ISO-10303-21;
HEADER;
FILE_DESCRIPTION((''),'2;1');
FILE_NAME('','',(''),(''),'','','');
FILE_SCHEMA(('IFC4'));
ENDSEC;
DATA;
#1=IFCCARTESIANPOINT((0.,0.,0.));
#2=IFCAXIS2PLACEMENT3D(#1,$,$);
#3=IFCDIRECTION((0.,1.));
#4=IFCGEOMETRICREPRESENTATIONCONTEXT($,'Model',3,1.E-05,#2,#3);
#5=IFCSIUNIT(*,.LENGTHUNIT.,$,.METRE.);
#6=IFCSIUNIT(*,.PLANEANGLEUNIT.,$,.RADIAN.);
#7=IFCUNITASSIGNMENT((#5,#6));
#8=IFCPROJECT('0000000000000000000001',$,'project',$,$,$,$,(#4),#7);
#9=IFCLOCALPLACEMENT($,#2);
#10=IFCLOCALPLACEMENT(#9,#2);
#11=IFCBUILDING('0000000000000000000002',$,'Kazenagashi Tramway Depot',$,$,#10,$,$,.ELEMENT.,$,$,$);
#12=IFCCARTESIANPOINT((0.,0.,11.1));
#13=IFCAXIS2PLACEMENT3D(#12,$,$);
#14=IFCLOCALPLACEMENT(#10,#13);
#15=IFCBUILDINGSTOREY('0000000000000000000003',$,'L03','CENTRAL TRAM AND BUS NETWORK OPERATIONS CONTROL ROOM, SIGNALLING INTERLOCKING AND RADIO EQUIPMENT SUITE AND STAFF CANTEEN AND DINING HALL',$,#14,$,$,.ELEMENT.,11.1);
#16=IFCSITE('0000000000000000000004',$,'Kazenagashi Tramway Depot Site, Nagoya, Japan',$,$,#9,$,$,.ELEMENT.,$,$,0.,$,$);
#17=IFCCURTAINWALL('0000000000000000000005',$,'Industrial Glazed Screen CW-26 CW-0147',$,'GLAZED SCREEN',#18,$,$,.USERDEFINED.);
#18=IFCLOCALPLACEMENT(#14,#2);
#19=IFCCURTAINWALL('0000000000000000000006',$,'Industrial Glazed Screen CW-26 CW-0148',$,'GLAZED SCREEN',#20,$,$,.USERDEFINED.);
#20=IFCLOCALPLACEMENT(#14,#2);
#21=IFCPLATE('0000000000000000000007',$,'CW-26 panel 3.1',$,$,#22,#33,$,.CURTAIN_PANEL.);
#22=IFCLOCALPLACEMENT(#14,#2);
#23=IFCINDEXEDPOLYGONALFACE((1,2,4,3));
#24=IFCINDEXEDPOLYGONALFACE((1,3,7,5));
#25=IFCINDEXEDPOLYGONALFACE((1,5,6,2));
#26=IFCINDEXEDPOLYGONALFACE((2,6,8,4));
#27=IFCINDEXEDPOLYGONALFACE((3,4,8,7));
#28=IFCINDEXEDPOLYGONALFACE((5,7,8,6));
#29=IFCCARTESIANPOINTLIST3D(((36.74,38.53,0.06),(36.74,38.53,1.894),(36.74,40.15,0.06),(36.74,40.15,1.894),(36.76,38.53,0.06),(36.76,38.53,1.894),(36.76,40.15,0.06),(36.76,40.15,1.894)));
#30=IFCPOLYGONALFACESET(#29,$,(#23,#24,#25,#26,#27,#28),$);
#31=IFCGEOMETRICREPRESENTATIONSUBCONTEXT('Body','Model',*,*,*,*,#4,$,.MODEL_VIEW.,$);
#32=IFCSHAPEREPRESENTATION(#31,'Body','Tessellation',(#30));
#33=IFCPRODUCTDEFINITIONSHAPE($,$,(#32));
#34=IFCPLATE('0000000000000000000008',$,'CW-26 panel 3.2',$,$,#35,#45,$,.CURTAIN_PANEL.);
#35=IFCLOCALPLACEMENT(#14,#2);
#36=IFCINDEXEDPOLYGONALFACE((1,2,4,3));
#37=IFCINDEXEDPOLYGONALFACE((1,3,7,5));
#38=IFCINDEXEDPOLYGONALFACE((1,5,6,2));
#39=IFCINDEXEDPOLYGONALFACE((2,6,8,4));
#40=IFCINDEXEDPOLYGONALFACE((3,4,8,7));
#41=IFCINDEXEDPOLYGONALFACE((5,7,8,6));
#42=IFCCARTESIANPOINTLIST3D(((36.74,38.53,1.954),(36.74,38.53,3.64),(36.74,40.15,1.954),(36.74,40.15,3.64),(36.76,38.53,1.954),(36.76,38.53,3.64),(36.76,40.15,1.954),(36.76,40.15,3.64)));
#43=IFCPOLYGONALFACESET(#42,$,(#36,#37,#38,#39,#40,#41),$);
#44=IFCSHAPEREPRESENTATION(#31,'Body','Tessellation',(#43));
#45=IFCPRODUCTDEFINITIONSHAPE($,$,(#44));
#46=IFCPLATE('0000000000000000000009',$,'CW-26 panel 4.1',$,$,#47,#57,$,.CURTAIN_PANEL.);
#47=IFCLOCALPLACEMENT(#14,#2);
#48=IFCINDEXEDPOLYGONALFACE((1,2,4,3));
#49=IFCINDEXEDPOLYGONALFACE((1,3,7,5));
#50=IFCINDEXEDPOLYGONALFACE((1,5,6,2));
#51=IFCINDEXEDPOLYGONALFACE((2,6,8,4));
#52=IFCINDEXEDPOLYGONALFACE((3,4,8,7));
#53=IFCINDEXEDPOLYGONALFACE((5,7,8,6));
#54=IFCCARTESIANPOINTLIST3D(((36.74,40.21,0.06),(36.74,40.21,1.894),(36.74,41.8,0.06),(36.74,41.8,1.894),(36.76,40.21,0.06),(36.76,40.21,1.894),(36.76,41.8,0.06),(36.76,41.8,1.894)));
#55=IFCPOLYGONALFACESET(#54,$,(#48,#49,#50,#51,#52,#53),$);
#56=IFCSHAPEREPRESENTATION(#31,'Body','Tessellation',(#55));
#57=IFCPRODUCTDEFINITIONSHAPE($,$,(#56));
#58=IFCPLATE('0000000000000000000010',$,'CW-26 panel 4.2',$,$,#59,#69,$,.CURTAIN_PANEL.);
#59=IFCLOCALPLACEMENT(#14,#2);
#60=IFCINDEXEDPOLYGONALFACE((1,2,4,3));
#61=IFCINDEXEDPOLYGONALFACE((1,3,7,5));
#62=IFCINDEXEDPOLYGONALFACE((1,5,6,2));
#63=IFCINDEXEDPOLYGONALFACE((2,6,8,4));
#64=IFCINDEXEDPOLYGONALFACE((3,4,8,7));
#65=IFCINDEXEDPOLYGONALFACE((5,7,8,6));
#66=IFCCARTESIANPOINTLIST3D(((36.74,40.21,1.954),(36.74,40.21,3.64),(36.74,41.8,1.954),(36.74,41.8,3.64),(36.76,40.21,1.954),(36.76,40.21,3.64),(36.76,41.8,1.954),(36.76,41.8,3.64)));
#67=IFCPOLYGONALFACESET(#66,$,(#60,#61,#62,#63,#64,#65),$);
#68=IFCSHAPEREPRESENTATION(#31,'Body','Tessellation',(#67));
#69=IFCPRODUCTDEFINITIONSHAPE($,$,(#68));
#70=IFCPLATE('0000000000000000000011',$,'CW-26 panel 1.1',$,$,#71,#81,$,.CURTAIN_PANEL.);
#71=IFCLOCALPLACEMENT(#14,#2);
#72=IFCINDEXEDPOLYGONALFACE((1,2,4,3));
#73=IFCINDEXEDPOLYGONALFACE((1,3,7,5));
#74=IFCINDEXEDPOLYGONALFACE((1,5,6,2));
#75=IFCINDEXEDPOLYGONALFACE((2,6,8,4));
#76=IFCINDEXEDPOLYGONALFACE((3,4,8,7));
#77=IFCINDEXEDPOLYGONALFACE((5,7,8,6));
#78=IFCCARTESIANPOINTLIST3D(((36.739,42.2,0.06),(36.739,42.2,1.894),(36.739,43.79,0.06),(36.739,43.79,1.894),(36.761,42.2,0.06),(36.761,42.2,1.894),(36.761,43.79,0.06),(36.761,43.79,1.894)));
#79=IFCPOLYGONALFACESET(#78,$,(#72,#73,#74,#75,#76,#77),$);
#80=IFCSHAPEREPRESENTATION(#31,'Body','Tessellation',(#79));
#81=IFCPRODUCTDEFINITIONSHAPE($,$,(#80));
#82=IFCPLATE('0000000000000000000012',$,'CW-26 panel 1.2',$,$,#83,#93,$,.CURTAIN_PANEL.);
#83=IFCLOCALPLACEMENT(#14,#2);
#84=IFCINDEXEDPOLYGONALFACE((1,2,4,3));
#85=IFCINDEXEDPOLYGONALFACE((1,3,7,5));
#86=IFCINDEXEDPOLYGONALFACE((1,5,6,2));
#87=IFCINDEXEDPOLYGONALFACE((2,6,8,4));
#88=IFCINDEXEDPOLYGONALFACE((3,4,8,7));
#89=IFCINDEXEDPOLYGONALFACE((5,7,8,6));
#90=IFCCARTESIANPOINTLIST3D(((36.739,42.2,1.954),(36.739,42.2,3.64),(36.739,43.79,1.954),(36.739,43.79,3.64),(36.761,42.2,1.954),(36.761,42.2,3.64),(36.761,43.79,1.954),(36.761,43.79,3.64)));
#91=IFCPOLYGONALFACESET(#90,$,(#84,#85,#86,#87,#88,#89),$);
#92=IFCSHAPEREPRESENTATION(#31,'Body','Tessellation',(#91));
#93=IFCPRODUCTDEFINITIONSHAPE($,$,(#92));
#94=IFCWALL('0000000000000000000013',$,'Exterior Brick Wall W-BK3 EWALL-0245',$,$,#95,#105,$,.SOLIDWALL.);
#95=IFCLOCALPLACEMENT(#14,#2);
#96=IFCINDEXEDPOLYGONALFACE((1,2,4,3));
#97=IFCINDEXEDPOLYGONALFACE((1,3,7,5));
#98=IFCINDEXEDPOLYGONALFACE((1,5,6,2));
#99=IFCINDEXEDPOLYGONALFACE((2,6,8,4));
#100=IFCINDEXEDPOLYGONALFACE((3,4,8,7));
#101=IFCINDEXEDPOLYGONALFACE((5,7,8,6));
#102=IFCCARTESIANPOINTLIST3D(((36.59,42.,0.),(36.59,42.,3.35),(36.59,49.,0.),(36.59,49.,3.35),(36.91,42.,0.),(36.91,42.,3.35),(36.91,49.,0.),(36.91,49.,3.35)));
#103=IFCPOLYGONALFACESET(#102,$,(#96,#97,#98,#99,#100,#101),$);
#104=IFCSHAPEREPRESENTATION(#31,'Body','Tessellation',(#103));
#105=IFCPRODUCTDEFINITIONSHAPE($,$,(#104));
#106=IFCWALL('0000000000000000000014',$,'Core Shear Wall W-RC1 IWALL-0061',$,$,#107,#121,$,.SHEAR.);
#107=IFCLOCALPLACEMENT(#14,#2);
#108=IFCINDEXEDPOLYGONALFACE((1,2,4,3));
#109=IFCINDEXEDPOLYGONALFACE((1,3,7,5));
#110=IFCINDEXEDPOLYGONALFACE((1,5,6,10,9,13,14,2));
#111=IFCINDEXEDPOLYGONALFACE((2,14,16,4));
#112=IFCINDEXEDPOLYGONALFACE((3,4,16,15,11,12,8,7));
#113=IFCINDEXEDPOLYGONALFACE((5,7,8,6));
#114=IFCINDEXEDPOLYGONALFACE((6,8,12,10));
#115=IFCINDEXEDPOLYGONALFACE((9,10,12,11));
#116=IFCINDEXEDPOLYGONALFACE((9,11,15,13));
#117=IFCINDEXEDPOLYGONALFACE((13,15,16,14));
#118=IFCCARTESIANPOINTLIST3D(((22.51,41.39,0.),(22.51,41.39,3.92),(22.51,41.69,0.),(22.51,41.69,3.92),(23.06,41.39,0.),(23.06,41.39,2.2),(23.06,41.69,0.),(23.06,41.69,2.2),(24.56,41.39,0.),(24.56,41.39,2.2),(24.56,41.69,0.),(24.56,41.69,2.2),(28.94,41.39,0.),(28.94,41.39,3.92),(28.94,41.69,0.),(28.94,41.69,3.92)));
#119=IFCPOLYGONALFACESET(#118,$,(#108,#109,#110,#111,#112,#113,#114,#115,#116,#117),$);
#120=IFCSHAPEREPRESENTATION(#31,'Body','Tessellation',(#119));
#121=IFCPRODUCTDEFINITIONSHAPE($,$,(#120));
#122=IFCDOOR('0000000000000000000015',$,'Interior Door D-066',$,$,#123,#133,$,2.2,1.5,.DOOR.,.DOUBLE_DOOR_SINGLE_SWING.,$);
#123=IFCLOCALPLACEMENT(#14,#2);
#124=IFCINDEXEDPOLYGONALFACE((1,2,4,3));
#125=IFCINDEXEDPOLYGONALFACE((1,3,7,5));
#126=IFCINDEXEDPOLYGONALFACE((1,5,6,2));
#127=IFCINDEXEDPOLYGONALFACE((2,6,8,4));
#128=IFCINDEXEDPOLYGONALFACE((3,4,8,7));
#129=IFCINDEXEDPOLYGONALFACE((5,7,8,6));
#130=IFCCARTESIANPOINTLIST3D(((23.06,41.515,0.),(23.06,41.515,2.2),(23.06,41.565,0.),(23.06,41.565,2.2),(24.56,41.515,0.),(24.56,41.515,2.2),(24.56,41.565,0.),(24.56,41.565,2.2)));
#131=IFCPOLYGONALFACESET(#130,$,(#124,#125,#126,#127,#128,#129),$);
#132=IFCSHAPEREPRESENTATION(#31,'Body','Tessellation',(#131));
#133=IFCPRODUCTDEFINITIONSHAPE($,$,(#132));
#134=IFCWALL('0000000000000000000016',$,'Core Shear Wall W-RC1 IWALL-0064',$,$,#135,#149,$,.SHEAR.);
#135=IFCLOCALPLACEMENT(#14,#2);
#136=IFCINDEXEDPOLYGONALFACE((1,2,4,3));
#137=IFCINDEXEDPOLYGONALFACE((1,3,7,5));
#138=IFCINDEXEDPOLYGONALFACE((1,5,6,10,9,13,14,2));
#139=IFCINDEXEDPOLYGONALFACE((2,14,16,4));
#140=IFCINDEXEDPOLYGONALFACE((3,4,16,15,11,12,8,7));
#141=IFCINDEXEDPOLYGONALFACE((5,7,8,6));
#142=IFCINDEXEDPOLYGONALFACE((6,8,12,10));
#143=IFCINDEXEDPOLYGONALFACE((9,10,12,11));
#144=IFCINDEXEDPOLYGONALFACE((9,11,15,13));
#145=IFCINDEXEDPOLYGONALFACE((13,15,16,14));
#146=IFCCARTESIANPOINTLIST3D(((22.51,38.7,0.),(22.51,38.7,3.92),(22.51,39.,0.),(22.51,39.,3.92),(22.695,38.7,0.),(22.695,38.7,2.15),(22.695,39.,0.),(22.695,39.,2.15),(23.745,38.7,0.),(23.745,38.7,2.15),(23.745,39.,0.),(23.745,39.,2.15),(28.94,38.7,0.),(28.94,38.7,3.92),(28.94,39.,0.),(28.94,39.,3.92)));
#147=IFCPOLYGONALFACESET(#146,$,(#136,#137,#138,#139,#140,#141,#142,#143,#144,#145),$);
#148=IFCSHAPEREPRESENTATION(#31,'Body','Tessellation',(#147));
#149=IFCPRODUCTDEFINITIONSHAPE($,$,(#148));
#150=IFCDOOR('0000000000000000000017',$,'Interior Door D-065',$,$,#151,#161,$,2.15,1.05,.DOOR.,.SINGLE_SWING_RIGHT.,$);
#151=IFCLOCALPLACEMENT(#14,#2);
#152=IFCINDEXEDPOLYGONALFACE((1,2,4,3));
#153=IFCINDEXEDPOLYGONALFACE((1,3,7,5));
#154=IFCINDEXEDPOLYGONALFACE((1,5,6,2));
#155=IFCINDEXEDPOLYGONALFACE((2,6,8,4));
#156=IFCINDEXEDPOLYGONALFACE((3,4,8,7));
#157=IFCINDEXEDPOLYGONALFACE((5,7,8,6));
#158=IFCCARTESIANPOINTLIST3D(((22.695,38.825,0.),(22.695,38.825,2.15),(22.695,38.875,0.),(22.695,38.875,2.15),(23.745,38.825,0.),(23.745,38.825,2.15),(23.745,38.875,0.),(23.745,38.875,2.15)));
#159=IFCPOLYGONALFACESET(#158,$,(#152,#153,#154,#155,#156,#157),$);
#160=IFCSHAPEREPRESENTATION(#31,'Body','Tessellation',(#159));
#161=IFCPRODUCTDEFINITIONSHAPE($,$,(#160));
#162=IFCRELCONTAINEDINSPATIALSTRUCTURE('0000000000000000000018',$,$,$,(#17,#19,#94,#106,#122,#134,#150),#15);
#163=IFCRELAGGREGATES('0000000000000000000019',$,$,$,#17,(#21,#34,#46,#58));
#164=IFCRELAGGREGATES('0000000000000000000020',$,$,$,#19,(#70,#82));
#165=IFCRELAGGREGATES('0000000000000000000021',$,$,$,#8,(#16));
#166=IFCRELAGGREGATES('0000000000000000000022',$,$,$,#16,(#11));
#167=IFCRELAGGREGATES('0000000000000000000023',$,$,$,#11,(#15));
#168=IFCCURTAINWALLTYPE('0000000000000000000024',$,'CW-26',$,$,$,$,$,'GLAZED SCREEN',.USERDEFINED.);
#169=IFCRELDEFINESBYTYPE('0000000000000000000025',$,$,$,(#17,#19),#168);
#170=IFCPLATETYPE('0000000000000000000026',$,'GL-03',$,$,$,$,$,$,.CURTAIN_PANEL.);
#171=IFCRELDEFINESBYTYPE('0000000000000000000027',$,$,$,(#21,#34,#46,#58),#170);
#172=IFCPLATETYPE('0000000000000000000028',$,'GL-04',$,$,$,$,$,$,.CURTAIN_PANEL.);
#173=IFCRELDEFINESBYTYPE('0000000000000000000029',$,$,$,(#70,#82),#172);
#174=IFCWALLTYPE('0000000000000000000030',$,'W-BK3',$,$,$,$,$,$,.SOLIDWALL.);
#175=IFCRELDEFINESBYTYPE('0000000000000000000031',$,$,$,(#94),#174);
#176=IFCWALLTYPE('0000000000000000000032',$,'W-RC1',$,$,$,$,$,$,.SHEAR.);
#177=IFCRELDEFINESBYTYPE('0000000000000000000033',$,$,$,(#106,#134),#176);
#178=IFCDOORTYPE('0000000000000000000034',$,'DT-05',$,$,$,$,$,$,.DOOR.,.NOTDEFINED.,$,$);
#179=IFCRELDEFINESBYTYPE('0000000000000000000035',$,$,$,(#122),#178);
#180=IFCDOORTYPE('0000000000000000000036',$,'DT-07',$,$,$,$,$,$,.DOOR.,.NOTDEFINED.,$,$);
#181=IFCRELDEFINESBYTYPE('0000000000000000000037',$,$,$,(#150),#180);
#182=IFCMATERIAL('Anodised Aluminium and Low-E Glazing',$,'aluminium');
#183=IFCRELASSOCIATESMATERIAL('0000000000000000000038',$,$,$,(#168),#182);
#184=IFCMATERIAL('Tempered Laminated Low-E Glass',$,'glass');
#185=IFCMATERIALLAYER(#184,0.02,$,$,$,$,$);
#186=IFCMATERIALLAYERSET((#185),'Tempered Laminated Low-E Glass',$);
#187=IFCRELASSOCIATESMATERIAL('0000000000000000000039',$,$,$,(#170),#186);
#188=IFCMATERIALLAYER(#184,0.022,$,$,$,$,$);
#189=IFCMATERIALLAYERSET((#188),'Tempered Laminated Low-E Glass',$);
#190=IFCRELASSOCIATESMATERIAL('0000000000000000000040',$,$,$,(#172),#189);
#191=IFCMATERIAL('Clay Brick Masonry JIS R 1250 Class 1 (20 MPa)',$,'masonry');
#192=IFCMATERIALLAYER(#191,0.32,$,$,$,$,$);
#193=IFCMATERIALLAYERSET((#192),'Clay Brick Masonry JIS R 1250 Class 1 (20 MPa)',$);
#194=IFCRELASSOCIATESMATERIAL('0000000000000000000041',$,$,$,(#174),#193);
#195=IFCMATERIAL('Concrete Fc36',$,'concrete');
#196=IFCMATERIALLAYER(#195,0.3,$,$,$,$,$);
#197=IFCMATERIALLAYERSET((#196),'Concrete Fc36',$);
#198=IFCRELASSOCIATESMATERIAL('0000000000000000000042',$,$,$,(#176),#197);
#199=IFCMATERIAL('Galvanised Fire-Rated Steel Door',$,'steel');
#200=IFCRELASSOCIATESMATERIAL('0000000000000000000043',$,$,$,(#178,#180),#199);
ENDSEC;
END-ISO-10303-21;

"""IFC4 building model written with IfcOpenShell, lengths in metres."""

from ifc_helpers import new_model, si_unit, direction, frame, frame_2d, origin, origin_2d, place, context, subcontext, project, spatial, rectangle, extrude, material, layer, layer_set, type_object, element, fill, aggregate, save


model = new_model("IFC4")

# Units and contexts
model_context = context("Model", 3, precision=1e-05, world=origin(), true_north=direction((0.0, 1.0)))
body_context = subcontext(model_context, "Body", "Model", "MODEL_VIEW")
ifc_project = project(units=[si_unit("LENGTHUNIT", "METRE"), si_unit("PLANEANGLEUNIT", "RADIAN")], contexts=[model_context])

# Site, building, storey
site_placement = place(None, origin())
site = spatial("IfcSite", under=ifc_project, at=site_placement, Name="Kazenagashi Tramway Depot Site, Nagoya, Japan", CompositionType="ELEMENT", RefElevation=0.0)
building_placement = place(site_placement, origin())
building = spatial("IfcBuilding", under=site, at=building_placement, Name="Kazenagashi Tramway Depot", CompositionType="ELEMENT")
storey_placement = place(building_placement, frame((0.0, 0.0, 11.1)))
storey = spatial("IfcBuildingStorey", under=building, at=storey_placement, Name="L03", Description="CENTRAL TRAM AND BUS NETWORK OPERATIONS CONTROL ROOM, SIGNALLING INTERLOCKING AND RADIO EQUIPMENT SUITE AND STAFF CANTEEN AND DINING HALL", CompositionType="ELEMENT", Elevation=11.1)

# Curtain wall
ifc_material_1 = material(Name="Anodised Aluminium and Low-E Glazing", Category="aluminium")
curtain_wall_type = type_object("IfcCurtainWallType", Name="CW-26", ElementType="GLAZED SCREEN", PredefinedType="USERDEFINED", material=ifc_material_1)
curtain_wall_1_placement = place(storey_placement, origin())
curtain_wall_1 = element("IfcCurtainWall", 1, at=curtain_wall_1_placement, inside=storey, type_object=curtain_wall_type, Name="Industrial Glazed Screen CW-26 CW-0147", ObjectType="GLAZED SCREEN", PredefinedType="USERDEFINED")

# Curtain wall
curtain_wall_2_placement = place(storey_placement, origin())
curtain_wall_2 = element("IfcCurtainWall", 2, at=curtain_wall_2_placement, inside=storey, type_object=curtain_wall_type, Name="Industrial Glazed Screen CW-26 CW-0148", ObjectType="GLAZED SCREEN", PredefinedType="USERDEFINED")

# Plates
ifc_material_2 = material(Name="Tempered Laminated Low-E Glass", Category="glass")
ifc_layer_1 = layer(ifc_material_2, 0.02)
ifc_layer_set_1 = layer_set([ifc_layer_1], Name="Tempered Laminated Low-E Glass")
plate_type_1 = type_object("IfcPlateType", Name="GL-03", PredefinedType="CURTAIN_PANEL", material=ifc_layer_set_1)
plate_1_placement = place(storey_placement, frame((36.75, 39.34, 0.06), z_axis=(0.0, 0.0, 1.0), x_axis=(0.0, 1.0, 0.0)))
plate_1 = element("IfcPlate", 3, at=plate_1_placement, type_object=plate_type_1, Name="CW-26 panel 3.1", PredefinedType="CURTAIN_PANEL", context=body_context, shape_type="SweptSolid", body=[
    extrude(rectangle(XDim=1.62, YDim=0.02, at=origin_2d()), origin(), (0.0, 0.0, 1.0), 1.834),
])
plate_2_placement = place(storey_placement, frame((36.75, 39.34, 1.954), z_axis=(0.0, 0.0, 1.0), x_axis=(0.0, 1.0, 0.0)))
plate_2 = element("IfcPlate", 4, at=plate_2_placement, type_object=plate_type_1, Name="CW-26 panel 3.2", PredefinedType="CURTAIN_PANEL", context=body_context, shape_type="SweptSolid", body=[
    extrude(rectangle(XDim=1.62, YDim=0.02, at=origin_2d()), origin(), (0.0, 0.0, 1.0), 1.686),
])
plate_3_placement = place(storey_placement, frame((36.75, 41.005, 0.06), z_axis=(0.0, 0.0, 1.0), x_axis=(0.0, 1.0, 0.0)))
plate_3 = element("IfcPlate", 5, at=plate_3_placement, type_object=plate_type_1, Name="CW-26 panel 4.1", PredefinedType="CURTAIN_PANEL", context=body_context, shape_type="SweptSolid", body=[
    extrude(rectangle(XDim=1.59, YDim=0.02, at=origin_2d()), origin(), (0.0, 0.0, 1.0), 1.834),
])
plate_4_placement = place(storey_placement, frame((36.75, 41.005, 1.954), z_axis=(0.0, 0.0, 1.0), x_axis=(0.0, 1.0, 0.0)))
plate_4 = element("IfcPlate", 6, at=plate_4_placement, type_object=plate_type_1, Name="CW-26 panel 4.2", PredefinedType="CURTAIN_PANEL", context=body_context, shape_type="SweptSolid", body=[
    extrude(rectangle(XDim=1.59, YDim=0.02, at=origin_2d()), origin(), (0.0, 0.0, 1.0), 1.686),
])
aggregate(curtain_wall_1, [plate_1, plate_2, plate_3, plate_4])
ifc_layer_2 = layer(ifc_material_2, 0.022)
ifc_layer_set_2 = layer_set([ifc_layer_2], Name="Tempered Laminated Low-E Glass")
plate_type_2 = type_object("IfcPlateType", Name="GL-04", PredefinedType="CURTAIN_PANEL", material=ifc_layer_set_2)
plate_5_placement = place(storey_placement, frame((36.75, 42.995, 0.06), z_axis=(0.0, 0.0, 1.0), x_axis=(0.0, 1.0, 0.0)))
plate_5 = element("IfcPlate", 7, at=plate_5_placement, type_object=plate_type_2, Name="CW-26 panel 1.1", PredefinedType="CURTAIN_PANEL", context=body_context, shape_type="SweptSolid", body=[
    extrude(rectangle(XDim=1.59, YDim=0.022, at=origin_2d()), origin(), (0.0, 0.0, 1.0), 1.834),
])
plate_6_placement = place(storey_placement, frame((36.75, 42.995, 1.954), z_axis=(0.0, 0.0, 1.0), x_axis=(0.0, 1.0, 0.0)))
plate_6 = element("IfcPlate", 8, at=plate_6_placement, type_object=plate_type_2, Name="CW-26 panel 1.2", PredefinedType="CURTAIN_PANEL", context=body_context, shape_type="SweptSolid", body=[
    extrude(rectangle(XDim=1.59, YDim=0.022, at=origin_2d()), origin(), (0.0, 0.0, 1.0), 1.686),
])
aggregate(curtain_wall_2, [plate_5, plate_6])

# Wall
ifc_material_3 = material(Name="Clay Brick Masonry JIS R 1250 Class 1 (20 MPa)", Category="masonry")
ifc_layer_3 = layer(ifc_material_3, 0.32)
ifc_layer_set_3 = layer_set([ifc_layer_3], Name="Clay Brick Masonry JIS R 1250 Class 1 (20 MPa)")
wall_type_1 = type_object("IfcWallType", Name="W-BK3", PredefinedType="SOLIDWALL", material=ifc_layer_set_3)
wall_1_placement = place(storey_placement, frame((36.75, 42.0, 0.0), z_axis=(0.0, 0.0, 1.0), x_axis=(0.0, 1.0, 0.0)))
element("IfcWall", 9, at=wall_1_placement, inside=storey, type_object=wall_type_1, Name="Exterior Brick Wall W-BK3 EWALL-0245", PredefinedType="SOLIDWALL", context=body_context, shape_type="SweptSolid", body=[
    extrude(rectangle(XDim=7.0, YDim=0.32, at=frame_2d((3.5, 0.0))), origin(), (0.0, 0.0, 1.0), 3.35),
])

# Walls, openings, doors
ifc_material_4 = material(Name="Concrete Fc36", Category="concrete")
ifc_layer_4 = layer(ifc_material_4, 0.3)
ifc_layer_set_4 = layer_set([ifc_layer_4], Name="Concrete Fc36")
wall_type_2 = type_object("IfcWallType", Name="W-RC1", PredefinedType="SHEAR", material=ifc_layer_set_4)
wall_2_placement = place(storey_placement, frame((22.51, 41.54, 0.0), z_axis=(0.0, 0.0, 1.0), x_axis=(1.0, 0.0, 0.0)))
wall_2 = element("IfcWall", 10, at=wall_2_placement, inside=storey, type_object=wall_type_2, Name="Core Shear Wall W-RC1 IWALL-0061", PredefinedType="SHEAR", context=body_context, shape_type="SweptSolid", body=[
    extrude(rectangle(XDim=6.43, YDim=0.3, at=frame_2d((3.215, 0.0))), origin(), (0.0, 0.0, 1.0), 3.92),
])
opening_1_placement = place(wall_2_placement, frame((0.55, 0.0, 0.0)))
opening_1 = element("IfcOpeningElement", 11, at=opening_1_placement, cuts=wall_2, PredefinedType="OPENING", context=body_context, shape_type="SweptSolid", body=[
    extrude(rectangle(XDim=1.5, YDim=2.2, at=frame_2d((0.75, 1.1))), frame((0.0, 0.16, 0.0), z_axis=(0.0, -1.0, 0.0), x_axis=(1.0, 0.0, 0.0)), (0.0, 0.0, 1.0), 0.32),
])
ifc_material_5 = material(Name="Galvanised Fire-Rated Steel Door", Category="steel")
door_type_1 = type_object("IfcDoorType", Name="DT-05", OperationType="NOTDEFINED", PredefinedType="DOOR", material=ifc_material_5)
door_1_placement = place(opening_1_placement, origin())
door_1 = element("IfcDoor", 12, at=door_1_placement, inside=storey, type_object=door_type_1, Name="Interior Door D-066", OperationType="DOUBLE_DOOR_SINGLE_SWING", OverallHeight=2.2, OverallWidth=1.5, PredefinedType="DOOR", context=body_context, shape_type="SweptSolid", body=[
    extrude(rectangle(XDim=1.5, YDim=2.2, at=frame_2d((0.75, 1.1))), frame((0.0, 0.025, 0.0), z_axis=(0.0, -1.0, 0.0), x_axis=(1.0, 0.0, 0.0)), (0.0, 0.0, 1.0), 0.05),
])
fill(opening_1, door_1)
wall_3_placement = place(storey_placement, frame((22.51, 38.85, 0.0), z_axis=(0.0, 0.0, 1.0), x_axis=(1.0, 0.0, 0.0)))
wall_3 = element("IfcWall", 13, at=wall_3_placement, inside=storey, type_object=wall_type_2, Name="Core Shear Wall W-RC1 IWALL-0064", PredefinedType="SHEAR", context=body_context, shape_type="SweptSolid", body=[
    extrude(rectangle(XDim=6.43, YDim=0.3, at=frame_2d((3.215, 0.0))), origin(), (0.0, 0.0, 1.0), 3.92),
])
opening_2_placement = place(wall_3_placement, frame((0.185, 0.0, 0.0)))
opening_2 = element("IfcOpeningElement", 14, at=opening_2_placement, cuts=wall_3, PredefinedType="OPENING", context=body_context, shape_type="SweptSolid", body=[
    extrude(rectangle(XDim=1.05, YDim=2.15, at=frame_2d((0.525, 1.075))), frame((0.0, 0.16, 0.0), z_axis=(0.0, -1.0, 0.0), x_axis=(1.0, 0.0, 0.0)), (0.0, 0.0, 1.0), 0.32),
])
door_type_2 = type_object("IfcDoorType", Name="DT-07", OperationType="NOTDEFINED", PredefinedType="DOOR", material=ifc_material_5)
door_2_placement = place(opening_2_placement, origin())
door_2 = element("IfcDoor", 15, at=door_2_placement, inside=storey, type_object=door_type_2, Name="Interior Door D-065", OperationType="SINGLE_SWING_RIGHT", OverallHeight=2.15, OverallWidth=1.05, PredefinedType="DOOR", context=body_context, shape_type="SweptSolid", body=[
    extrude(rectangle(XDim=1.05, YDim=2.15, at=frame_2d((0.525, 1.075))), frame((0.0, 0.025, 0.0), z_axis=(0.0, -1.0, 0.0), x_axis=(1.0, 0.0, 0.0)), (0.0, 0.0, 1.0), 0.05),
])
fill(opening_2, door_2)

save(model, "model.ifc")
